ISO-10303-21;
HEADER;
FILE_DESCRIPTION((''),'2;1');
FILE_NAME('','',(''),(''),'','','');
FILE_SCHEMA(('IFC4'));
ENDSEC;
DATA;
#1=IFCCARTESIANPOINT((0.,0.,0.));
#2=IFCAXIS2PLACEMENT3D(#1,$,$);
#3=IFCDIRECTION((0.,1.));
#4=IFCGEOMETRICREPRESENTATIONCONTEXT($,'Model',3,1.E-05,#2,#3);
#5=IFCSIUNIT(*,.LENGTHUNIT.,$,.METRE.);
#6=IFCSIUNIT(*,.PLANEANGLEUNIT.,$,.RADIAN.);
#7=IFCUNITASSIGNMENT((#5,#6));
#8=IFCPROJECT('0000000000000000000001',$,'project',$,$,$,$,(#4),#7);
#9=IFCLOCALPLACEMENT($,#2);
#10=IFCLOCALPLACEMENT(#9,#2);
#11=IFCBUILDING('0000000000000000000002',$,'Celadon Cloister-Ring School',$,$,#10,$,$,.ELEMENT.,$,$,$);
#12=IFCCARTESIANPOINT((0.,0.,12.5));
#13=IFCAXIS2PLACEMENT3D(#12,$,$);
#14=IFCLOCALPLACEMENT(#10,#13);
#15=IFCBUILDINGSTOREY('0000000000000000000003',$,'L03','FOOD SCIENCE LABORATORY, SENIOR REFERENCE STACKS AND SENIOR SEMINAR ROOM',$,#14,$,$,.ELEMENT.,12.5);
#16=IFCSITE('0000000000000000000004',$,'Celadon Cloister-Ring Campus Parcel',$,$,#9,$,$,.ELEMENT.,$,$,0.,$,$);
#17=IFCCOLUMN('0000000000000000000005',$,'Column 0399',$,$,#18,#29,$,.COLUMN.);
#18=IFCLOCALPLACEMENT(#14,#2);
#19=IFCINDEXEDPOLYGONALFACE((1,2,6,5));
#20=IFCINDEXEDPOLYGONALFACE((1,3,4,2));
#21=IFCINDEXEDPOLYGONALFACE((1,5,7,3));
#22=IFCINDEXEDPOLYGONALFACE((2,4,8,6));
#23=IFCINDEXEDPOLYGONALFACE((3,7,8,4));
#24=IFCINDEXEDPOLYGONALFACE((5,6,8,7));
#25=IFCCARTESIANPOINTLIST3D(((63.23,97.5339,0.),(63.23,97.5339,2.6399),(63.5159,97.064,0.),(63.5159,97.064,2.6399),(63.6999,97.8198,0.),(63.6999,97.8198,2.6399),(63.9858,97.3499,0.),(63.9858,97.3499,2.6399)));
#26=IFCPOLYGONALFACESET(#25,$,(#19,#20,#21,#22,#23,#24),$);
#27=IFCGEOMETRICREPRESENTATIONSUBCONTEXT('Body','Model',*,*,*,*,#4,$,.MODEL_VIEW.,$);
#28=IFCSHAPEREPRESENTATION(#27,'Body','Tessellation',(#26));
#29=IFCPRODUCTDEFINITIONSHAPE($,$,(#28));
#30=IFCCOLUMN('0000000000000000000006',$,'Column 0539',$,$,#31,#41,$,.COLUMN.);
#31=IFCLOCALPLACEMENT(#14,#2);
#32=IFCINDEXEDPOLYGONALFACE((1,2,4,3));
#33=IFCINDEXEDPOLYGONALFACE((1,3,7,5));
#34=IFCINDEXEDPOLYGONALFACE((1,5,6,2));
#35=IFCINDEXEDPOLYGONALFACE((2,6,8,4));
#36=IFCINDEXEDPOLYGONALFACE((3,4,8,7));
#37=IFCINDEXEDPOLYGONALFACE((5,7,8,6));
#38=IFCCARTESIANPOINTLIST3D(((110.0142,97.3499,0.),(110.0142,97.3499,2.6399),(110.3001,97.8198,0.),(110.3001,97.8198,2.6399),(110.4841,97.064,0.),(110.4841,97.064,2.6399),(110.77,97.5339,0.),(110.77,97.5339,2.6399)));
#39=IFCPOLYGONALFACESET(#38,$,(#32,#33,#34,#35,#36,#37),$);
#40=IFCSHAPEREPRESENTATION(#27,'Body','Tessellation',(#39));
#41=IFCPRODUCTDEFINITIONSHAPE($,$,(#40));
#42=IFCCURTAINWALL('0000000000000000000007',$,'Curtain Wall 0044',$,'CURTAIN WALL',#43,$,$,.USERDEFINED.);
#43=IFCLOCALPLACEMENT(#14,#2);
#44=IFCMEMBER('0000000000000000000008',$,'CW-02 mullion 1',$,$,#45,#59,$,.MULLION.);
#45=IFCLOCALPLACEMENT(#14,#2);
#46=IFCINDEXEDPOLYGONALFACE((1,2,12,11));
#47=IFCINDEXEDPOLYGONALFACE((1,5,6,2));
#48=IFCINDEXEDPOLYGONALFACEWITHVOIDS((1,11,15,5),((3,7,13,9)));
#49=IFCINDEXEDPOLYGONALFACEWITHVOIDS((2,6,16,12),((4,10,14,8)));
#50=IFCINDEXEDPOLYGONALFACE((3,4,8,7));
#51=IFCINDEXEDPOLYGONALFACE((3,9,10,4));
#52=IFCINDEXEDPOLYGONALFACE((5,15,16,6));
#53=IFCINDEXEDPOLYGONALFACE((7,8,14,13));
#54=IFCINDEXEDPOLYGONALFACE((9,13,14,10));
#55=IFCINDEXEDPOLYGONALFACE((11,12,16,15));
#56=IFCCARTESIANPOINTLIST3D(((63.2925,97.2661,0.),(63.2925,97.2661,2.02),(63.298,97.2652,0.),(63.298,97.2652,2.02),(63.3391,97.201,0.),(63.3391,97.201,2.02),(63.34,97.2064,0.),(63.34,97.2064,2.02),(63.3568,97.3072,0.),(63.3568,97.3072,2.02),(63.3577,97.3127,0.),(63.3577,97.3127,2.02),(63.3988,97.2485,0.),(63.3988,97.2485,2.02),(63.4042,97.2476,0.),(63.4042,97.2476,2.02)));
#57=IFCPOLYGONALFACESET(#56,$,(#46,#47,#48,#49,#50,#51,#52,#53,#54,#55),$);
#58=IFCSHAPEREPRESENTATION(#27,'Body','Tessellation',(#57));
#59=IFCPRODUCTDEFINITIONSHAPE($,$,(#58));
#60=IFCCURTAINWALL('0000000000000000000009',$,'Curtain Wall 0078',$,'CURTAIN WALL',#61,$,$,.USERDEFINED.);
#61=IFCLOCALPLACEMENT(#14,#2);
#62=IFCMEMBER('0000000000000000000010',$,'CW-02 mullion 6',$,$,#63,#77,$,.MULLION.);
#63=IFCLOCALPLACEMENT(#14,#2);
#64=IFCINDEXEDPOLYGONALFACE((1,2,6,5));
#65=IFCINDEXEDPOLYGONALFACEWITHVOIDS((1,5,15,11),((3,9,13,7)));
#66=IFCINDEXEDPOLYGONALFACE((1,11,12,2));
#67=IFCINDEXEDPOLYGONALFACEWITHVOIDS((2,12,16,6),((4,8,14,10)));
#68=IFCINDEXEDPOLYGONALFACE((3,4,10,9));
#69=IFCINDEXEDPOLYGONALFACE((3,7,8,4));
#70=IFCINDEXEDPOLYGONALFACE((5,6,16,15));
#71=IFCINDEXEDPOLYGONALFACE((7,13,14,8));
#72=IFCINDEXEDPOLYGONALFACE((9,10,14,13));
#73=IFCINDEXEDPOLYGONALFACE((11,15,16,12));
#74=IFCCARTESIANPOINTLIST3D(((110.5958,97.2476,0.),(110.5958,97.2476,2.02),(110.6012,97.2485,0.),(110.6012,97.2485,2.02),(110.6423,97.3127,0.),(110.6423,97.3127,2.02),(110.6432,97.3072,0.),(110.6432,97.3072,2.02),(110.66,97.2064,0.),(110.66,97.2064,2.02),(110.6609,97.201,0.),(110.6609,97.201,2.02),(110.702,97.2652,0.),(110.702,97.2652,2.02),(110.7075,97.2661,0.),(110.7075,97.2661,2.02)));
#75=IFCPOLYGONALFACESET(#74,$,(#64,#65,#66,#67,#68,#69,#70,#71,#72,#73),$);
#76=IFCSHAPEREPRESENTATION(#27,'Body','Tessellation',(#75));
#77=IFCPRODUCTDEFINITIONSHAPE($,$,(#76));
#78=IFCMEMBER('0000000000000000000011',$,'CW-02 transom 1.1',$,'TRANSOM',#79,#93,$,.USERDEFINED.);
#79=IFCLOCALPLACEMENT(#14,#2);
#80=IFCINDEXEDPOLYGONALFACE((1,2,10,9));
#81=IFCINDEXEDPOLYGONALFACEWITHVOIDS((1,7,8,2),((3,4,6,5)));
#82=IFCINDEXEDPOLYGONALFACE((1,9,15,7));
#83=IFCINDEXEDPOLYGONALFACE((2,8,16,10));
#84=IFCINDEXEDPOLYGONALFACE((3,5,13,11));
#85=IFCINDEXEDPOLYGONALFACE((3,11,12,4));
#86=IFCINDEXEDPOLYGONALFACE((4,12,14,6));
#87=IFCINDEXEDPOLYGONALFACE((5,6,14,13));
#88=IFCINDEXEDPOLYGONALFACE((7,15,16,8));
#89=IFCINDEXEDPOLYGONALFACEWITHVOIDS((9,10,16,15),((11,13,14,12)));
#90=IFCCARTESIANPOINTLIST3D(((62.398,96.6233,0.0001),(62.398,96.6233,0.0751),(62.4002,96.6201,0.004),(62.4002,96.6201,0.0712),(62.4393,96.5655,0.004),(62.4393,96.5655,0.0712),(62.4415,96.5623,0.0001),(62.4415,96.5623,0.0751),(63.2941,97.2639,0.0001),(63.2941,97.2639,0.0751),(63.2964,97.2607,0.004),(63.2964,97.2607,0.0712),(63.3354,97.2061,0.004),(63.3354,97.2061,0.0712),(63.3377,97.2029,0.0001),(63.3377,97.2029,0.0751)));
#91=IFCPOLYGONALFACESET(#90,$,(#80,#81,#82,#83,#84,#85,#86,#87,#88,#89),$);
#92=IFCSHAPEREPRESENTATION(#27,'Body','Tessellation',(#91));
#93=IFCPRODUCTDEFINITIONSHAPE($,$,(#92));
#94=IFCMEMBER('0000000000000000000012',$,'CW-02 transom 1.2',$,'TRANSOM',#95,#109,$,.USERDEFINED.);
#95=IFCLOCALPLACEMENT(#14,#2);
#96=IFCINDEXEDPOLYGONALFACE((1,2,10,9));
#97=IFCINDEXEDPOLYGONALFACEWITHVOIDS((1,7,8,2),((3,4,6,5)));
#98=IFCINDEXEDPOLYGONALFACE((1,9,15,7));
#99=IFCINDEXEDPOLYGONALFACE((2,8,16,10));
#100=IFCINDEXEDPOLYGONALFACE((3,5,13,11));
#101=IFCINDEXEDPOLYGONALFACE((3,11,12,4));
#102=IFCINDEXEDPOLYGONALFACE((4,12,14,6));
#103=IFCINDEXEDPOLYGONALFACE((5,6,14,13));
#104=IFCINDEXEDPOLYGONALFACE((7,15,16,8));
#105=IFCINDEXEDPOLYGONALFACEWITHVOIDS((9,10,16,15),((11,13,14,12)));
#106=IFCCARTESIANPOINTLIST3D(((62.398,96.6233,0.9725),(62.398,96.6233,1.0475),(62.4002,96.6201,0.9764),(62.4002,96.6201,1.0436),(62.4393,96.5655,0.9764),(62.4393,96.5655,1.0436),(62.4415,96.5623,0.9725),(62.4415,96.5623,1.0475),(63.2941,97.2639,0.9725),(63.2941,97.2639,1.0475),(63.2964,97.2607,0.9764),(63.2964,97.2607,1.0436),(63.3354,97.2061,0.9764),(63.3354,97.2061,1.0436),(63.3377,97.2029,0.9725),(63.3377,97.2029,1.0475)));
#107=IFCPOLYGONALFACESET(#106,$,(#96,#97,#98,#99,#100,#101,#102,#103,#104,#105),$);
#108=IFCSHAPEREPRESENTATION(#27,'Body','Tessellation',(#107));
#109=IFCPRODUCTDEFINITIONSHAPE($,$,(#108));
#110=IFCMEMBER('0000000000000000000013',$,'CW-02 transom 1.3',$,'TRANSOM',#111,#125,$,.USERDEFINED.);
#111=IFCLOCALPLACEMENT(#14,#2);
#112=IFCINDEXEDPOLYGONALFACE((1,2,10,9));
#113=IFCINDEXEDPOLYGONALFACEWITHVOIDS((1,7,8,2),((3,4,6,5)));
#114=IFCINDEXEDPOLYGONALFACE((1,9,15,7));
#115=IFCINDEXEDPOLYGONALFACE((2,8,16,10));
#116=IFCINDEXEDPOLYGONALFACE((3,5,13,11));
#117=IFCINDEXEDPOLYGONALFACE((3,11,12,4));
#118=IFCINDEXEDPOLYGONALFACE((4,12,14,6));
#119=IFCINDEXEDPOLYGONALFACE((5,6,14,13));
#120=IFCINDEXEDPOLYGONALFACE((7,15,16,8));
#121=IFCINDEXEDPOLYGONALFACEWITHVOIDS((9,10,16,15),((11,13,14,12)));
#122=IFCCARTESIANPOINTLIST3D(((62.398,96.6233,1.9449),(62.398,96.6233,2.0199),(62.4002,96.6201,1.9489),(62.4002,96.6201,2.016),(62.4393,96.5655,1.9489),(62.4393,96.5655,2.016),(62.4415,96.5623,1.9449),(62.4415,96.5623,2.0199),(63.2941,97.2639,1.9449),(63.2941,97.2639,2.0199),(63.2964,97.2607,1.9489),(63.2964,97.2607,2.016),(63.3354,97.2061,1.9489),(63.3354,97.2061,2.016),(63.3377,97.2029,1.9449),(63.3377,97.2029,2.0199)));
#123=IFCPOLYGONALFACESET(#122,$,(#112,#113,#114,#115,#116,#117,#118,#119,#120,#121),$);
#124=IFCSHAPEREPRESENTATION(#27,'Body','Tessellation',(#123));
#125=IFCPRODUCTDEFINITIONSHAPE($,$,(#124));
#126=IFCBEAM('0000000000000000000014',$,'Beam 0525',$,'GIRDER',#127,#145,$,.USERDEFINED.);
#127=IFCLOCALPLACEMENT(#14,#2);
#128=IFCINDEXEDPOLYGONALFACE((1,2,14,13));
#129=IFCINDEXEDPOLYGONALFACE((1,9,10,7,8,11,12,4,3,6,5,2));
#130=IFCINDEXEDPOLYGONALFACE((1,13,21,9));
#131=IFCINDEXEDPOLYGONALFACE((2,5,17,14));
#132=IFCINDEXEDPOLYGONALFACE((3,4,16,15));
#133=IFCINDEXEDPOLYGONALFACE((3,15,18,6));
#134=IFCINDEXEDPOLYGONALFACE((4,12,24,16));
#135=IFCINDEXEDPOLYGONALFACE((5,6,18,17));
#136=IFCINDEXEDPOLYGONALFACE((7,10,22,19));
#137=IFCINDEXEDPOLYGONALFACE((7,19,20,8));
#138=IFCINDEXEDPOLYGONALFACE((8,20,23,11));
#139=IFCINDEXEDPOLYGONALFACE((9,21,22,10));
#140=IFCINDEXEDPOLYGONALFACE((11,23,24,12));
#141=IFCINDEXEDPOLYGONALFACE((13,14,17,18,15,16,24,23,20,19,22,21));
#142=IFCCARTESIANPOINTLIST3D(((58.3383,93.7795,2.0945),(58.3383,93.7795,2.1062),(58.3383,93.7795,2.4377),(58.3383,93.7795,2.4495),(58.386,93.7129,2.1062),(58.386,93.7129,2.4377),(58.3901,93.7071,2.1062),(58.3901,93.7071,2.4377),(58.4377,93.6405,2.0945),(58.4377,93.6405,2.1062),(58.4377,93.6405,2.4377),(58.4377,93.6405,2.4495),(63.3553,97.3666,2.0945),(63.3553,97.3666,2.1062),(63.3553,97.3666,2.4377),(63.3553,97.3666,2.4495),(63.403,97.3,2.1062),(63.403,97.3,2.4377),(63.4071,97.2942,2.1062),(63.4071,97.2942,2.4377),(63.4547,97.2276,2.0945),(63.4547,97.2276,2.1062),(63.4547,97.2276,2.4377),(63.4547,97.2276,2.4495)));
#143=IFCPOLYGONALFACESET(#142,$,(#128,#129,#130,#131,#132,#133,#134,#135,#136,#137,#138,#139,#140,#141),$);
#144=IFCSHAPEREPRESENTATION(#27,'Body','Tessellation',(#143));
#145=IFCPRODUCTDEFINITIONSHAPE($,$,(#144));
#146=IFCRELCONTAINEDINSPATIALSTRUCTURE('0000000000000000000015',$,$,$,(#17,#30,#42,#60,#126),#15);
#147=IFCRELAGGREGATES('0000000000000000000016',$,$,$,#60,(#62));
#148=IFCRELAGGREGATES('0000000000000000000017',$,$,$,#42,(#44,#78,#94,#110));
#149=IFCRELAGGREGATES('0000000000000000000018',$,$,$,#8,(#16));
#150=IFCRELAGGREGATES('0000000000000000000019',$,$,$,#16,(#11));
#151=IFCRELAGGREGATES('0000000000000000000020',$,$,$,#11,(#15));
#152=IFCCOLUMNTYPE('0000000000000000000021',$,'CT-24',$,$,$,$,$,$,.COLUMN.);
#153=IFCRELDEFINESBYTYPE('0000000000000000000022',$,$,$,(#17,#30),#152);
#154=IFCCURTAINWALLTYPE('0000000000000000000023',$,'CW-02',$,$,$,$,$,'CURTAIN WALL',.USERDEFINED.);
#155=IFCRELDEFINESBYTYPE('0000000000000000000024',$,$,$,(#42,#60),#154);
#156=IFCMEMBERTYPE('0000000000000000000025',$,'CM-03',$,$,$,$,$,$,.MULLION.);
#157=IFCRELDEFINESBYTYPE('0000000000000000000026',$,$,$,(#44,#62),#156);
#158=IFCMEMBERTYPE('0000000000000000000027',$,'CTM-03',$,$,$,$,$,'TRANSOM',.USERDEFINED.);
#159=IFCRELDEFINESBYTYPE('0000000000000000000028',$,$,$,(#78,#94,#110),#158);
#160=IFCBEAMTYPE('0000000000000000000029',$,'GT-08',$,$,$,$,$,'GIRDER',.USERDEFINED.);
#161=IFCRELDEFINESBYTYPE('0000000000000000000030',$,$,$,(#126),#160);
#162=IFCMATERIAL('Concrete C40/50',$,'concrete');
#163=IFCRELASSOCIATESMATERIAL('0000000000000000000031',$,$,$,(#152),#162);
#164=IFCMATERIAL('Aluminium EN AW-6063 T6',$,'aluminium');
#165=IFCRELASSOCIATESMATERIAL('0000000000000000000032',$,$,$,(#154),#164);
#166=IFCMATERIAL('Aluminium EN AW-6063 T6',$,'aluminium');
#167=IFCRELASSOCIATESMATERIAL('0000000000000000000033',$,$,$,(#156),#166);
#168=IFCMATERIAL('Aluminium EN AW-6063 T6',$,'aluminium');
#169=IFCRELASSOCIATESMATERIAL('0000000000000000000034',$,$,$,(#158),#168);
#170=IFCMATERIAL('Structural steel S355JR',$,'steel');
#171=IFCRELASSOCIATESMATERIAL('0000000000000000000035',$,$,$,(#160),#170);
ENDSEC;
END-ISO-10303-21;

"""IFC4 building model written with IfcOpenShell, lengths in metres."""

from ifc_helpers import new_model, si_unit, direction, frame, origin, origin_2d, place, context, subcontext, project, spatial, rectangle, hollow_rectangle, i_section, extrude, material, material_profile, profile_set, type_object, element, aggregate, save


model = new_model("IFC4")

# Units and contexts
model_context = context("Model", 3, precision=1e-05, world=origin(), true_north=direction((0.0, 1.0)))
body_context = subcontext(model_context, "Body", "Model", "MODEL_VIEW")
ifc_project = project(units=[si_unit("LENGTHUNIT", "METRE"), si_unit("PLANEANGLEUNIT", "RADIAN")], contexts=[model_context])

# Site, building, storey
site_placement = place(None, origin())
site = spatial("IfcSite", under=ifc_project, at=site_placement, Name="Celadon Cloister-Ring Campus Parcel", CompositionType="ELEMENT", RefElevation=0.0)
building_placement = place(site_placement, origin())
building = spatial("IfcBuilding", under=site, at=building_placement, Name="Celadon Cloister-Ring School", CompositionType="ELEMENT")
storey_placement = place(building_placement, frame((0.0, 0.0, 12.5)))
storey = spatial("IfcBuildingStorey", under=building, at=storey_placement, Name="L03", Description="FOOD SCIENCE LABORATORY, SENIOR REFERENCE STACKS AND SENIOR SEMINAR ROOM", CompositionType="ELEMENT", Elevation=12.5)

# Columns
ifc_material_1 = material(Name="Concrete C40/50", Category="concrete")
ifc_material_profile_1 = material_profile(ifc_material_1, rectangle(XDim=0.55, YDim=0.55, at=origin_2d()), Name="RC550X550")
ifc_profile_set_1 = profile_set([ifc_material_profile_1], Name="Concrete C40/50")
column_type = type_object("IfcColumnType", Name="CT-24", PredefinedType="COLUMN", material=ifc_profile_set_1)
for number, where, z_axis, x_axis, name in (
    (1, (63.6079, 97.4419, 0.0), (0.0, 0.0, 1.0), (-0.519817, 0.854277, 0.0), "Column 0399"),
    (2, (110.3921, 97.4419, 0.0), (0.0, 0.0, 1.0), (0.519817, 0.854277, 0.0), "Column 0539"),
):
    element("IfcColumn", number, at=place(storey_placement, frame(where, z_axis=z_axis, x_axis=x_axis)), inside=storey, type_object=column_type, Name=name, PredefinedType="COLUMN", context=body_context, shape_type="SweptSolid", body=[
        extrude(rectangle(XDim=0.55, YDim=0.55, at=origin_2d()), origin(), (0.0, 0.0, 1.0), 2.6399),
    ])

# Curtain walls, members
ifc_material_2 = material(Name="Aluminium EN AW-6063 T6", Category="aluminium")
curtain_wall_type = type_object("IfcCurtainWallType", Name="CW-02", ElementType="CURTAIN WALL", PredefinedType="USERDEFINED", material=ifc_material_2)
curtain_wall_1_placement = place(storey_placement, origin())
curtain_wall_1 = element("IfcCurtainWall", 3, at=curtain_wall_1_placement, inside=storey, type_object=curtain_wall_type, Name="Curtain Wall 0044", ObjectType="CURTAIN WALL", PredefinedType="USERDEFINED")
ifc_material_3 = material(Name="Aluminium EN AW-6063 T6", Category="aluminium")
ifc_material_profile_2 = material_profile(ifc_material_3, hollow_rectangle(XDim=0.0801, YDim=0.0801, WallThickness=0.0039, at=origin_2d()), Name="RHS80X80X4")
ifc_profile_set_2 = profile_set([ifc_material_profile_2], Name="Aluminium EN AW-6063 T6")
member_type_1 = type_object("IfcMemberType", Name="CM-03", PredefinedType="MULLION", material=ifc_profile_set_2)
member_1_placement = place(storey_placement, frame((63.3484, 97.2568, 0.0), z_axis=(0.0, 0.0, 1.0), x_axis=(0.581641, -0.813446, 0.0)))
member_1 = element("IfcMember", 4, at=member_1_placement, type_object=member_type_1, Name="CW-02 mullion 1", PredefinedType="MULLION", context=body_context, shape_type="SweptSolid", body=[
    extrude(hollow_rectangle(XDim=0.0801, YDim=0.0801, WallThickness=0.0039, at=origin_2d()), origin(), (0.0, 0.0, 1.0), 2.02),
])
curtain_wall_2_placement = place(storey_placement, origin())
curtain_wall_2 = element("IfcCurtainWall", 5, at=curtain_wall_2_placement, inside=storey, type_object=curtain_wall_type, Name="Curtain Wall 0078", ObjectType="CURTAIN WALL", PredefinedType="USERDEFINED")
member_2_placement = place(storey_placement, frame((110.6516, 97.2568, 0.0), z_axis=(0.0, 0.0, 1.0), x_axis=(-0.581641, -0.813446, 0.0)))
member_2 = element("IfcMember", 6, at=member_2_placement, type_object=member_type_1, Name="CW-02 mullion 6", PredefinedType="MULLION", context=body_context, shape_type="SweptSolid", body=[
    extrude(hollow_rectangle(XDim=0.0801, YDim=0.0801, WallThickness=0.0039, at=origin_2d()), origin(), (0.0, 0.0, 1.0), 2.02),
])
aggregate(curtain_wall_2, [member_2])

# Members
ifc_material_4 = material(Name="Aluminium EN AW-6063 T6", Category="aluminium")
ifc_material_profile_3 = material_profile(ifc_material_4, hollow_rectangle(XDim=0.075, YDim=0.075, WallThickness=0.0039, at=origin_2d()), Name="RHS75X75X4")
ifc_profile_set_3 = profile_set([ifc_material_profile_3], Name="Aluminium EN AW-6063 T6")
member_type_2 = type_object("IfcMemberType", Name="CTM-03", ElementType="TRANSOM", PredefinedType="USERDEFINED", material=ifc_profile_set_3)
member_3_placement = place(storey_placement, frame((63.3159, 97.2334, 0.0376), z_axis=(-0.813539, -0.581511, 0.0), x_axis=(0.581511, -0.813539, 0.0)))
member_3 = element("IfcMember", 7, at=member_3_placement, type_object=member_type_2, Name="CW-02 transom 1.1", ObjectType="TRANSOM", PredefinedType="USERDEFINED", context=body_context, shape_type="SweptSolid", body=[
    extrude(hollow_rectangle(XDim=0.075, YDim=0.075, WallThickness=0.0039, at=origin_2d()), origin(), (0.0, 0.0, 1.0), 1.1016),
])
member_4_placement = place(storey_placement, frame((63.3159, 97.2334, 1.01), z_axis=(-0.813539, -0.581511, 0.0), x_axis=(0.581511, -0.813539, 0.0)))
member_4 = element("IfcMember", 8, at=member_4_placement, type_object=member_type_2, Name="CW-02 transom 1.2", ObjectType="TRANSOM", PredefinedType="USERDEFINED", context=body_context, shape_type="SweptSolid", body=[
    extrude(hollow_rectangle(XDim=0.075, YDim=0.075, WallThickness=0.0039, at=origin_2d()), origin(), (0.0, 0.0, 1.0), 1.1016),
])
member_5_placement = place(storey_placement, frame((63.3159, 97.2334, 1.9824), z_axis=(-0.813539, -0.581511, 0.0), x_axis=(0.581511, -0.813539, 0.0)))
member_5 = element("IfcMember", 9, at=member_5_placement, type_object=member_type_2, Name="CW-02 transom 1.3", ObjectType="TRANSOM", PredefinedType="USERDEFINED", context=body_context, shape_type="SweptSolid", body=[
    extrude(hollow_rectangle(XDim=0.075, YDim=0.075, WallThickness=0.0039, at=origin_2d()), origin(), (0.0, 0.0, 1.0), 1.1016),
])

# Beam
ifc_material_5 = material(Name="Structural steel S355JR", Category="steel")
ifc_material_profile_4 = material_profile(ifc_material_5, i_section(OverallWidth=0.1709, OverallDepth=0.355, WebThickness=0.0071, FlangeThickness=0.0117, at=origin_2d()), Name="W360X51")
ifc_profile_set_4 = profile_set([ifc_material_profile_4], Name="Structural steel S355JR")
beam_type = type_object("IfcBeamType", Name="GT-08", ElementType="GIRDER", PredefinedType="USERDEFINED", material=ifc_profile_set_4)
beam_placement = place(storey_placement, frame((63.405, 97.2971, 2.272), z_axis=(-0.813463, -0.581616, 0.0), x_axis=(0.581616, -0.813463, 0.0)))
element("IfcBeam", 10, at=beam_placement, inside=storey, type_object=beam_type, Name="Beam 0525", ObjectType="GIRDER", PredefinedType="USERDEFINED", context=body_context, shape_type="SweptSolid", body=[
    extrude(i_section(OverallWidth=0.1709, OverallDepth=0.355, WebThickness=0.0071, FlangeThickness=0.0117, at=origin_2d()), origin(), (0.0, 0.0, 1.0), 6.1675),
])

aggregate(curtain_wall_1, [member_1, member_3, member_4, member_5])

save(model, "model.ifc")
